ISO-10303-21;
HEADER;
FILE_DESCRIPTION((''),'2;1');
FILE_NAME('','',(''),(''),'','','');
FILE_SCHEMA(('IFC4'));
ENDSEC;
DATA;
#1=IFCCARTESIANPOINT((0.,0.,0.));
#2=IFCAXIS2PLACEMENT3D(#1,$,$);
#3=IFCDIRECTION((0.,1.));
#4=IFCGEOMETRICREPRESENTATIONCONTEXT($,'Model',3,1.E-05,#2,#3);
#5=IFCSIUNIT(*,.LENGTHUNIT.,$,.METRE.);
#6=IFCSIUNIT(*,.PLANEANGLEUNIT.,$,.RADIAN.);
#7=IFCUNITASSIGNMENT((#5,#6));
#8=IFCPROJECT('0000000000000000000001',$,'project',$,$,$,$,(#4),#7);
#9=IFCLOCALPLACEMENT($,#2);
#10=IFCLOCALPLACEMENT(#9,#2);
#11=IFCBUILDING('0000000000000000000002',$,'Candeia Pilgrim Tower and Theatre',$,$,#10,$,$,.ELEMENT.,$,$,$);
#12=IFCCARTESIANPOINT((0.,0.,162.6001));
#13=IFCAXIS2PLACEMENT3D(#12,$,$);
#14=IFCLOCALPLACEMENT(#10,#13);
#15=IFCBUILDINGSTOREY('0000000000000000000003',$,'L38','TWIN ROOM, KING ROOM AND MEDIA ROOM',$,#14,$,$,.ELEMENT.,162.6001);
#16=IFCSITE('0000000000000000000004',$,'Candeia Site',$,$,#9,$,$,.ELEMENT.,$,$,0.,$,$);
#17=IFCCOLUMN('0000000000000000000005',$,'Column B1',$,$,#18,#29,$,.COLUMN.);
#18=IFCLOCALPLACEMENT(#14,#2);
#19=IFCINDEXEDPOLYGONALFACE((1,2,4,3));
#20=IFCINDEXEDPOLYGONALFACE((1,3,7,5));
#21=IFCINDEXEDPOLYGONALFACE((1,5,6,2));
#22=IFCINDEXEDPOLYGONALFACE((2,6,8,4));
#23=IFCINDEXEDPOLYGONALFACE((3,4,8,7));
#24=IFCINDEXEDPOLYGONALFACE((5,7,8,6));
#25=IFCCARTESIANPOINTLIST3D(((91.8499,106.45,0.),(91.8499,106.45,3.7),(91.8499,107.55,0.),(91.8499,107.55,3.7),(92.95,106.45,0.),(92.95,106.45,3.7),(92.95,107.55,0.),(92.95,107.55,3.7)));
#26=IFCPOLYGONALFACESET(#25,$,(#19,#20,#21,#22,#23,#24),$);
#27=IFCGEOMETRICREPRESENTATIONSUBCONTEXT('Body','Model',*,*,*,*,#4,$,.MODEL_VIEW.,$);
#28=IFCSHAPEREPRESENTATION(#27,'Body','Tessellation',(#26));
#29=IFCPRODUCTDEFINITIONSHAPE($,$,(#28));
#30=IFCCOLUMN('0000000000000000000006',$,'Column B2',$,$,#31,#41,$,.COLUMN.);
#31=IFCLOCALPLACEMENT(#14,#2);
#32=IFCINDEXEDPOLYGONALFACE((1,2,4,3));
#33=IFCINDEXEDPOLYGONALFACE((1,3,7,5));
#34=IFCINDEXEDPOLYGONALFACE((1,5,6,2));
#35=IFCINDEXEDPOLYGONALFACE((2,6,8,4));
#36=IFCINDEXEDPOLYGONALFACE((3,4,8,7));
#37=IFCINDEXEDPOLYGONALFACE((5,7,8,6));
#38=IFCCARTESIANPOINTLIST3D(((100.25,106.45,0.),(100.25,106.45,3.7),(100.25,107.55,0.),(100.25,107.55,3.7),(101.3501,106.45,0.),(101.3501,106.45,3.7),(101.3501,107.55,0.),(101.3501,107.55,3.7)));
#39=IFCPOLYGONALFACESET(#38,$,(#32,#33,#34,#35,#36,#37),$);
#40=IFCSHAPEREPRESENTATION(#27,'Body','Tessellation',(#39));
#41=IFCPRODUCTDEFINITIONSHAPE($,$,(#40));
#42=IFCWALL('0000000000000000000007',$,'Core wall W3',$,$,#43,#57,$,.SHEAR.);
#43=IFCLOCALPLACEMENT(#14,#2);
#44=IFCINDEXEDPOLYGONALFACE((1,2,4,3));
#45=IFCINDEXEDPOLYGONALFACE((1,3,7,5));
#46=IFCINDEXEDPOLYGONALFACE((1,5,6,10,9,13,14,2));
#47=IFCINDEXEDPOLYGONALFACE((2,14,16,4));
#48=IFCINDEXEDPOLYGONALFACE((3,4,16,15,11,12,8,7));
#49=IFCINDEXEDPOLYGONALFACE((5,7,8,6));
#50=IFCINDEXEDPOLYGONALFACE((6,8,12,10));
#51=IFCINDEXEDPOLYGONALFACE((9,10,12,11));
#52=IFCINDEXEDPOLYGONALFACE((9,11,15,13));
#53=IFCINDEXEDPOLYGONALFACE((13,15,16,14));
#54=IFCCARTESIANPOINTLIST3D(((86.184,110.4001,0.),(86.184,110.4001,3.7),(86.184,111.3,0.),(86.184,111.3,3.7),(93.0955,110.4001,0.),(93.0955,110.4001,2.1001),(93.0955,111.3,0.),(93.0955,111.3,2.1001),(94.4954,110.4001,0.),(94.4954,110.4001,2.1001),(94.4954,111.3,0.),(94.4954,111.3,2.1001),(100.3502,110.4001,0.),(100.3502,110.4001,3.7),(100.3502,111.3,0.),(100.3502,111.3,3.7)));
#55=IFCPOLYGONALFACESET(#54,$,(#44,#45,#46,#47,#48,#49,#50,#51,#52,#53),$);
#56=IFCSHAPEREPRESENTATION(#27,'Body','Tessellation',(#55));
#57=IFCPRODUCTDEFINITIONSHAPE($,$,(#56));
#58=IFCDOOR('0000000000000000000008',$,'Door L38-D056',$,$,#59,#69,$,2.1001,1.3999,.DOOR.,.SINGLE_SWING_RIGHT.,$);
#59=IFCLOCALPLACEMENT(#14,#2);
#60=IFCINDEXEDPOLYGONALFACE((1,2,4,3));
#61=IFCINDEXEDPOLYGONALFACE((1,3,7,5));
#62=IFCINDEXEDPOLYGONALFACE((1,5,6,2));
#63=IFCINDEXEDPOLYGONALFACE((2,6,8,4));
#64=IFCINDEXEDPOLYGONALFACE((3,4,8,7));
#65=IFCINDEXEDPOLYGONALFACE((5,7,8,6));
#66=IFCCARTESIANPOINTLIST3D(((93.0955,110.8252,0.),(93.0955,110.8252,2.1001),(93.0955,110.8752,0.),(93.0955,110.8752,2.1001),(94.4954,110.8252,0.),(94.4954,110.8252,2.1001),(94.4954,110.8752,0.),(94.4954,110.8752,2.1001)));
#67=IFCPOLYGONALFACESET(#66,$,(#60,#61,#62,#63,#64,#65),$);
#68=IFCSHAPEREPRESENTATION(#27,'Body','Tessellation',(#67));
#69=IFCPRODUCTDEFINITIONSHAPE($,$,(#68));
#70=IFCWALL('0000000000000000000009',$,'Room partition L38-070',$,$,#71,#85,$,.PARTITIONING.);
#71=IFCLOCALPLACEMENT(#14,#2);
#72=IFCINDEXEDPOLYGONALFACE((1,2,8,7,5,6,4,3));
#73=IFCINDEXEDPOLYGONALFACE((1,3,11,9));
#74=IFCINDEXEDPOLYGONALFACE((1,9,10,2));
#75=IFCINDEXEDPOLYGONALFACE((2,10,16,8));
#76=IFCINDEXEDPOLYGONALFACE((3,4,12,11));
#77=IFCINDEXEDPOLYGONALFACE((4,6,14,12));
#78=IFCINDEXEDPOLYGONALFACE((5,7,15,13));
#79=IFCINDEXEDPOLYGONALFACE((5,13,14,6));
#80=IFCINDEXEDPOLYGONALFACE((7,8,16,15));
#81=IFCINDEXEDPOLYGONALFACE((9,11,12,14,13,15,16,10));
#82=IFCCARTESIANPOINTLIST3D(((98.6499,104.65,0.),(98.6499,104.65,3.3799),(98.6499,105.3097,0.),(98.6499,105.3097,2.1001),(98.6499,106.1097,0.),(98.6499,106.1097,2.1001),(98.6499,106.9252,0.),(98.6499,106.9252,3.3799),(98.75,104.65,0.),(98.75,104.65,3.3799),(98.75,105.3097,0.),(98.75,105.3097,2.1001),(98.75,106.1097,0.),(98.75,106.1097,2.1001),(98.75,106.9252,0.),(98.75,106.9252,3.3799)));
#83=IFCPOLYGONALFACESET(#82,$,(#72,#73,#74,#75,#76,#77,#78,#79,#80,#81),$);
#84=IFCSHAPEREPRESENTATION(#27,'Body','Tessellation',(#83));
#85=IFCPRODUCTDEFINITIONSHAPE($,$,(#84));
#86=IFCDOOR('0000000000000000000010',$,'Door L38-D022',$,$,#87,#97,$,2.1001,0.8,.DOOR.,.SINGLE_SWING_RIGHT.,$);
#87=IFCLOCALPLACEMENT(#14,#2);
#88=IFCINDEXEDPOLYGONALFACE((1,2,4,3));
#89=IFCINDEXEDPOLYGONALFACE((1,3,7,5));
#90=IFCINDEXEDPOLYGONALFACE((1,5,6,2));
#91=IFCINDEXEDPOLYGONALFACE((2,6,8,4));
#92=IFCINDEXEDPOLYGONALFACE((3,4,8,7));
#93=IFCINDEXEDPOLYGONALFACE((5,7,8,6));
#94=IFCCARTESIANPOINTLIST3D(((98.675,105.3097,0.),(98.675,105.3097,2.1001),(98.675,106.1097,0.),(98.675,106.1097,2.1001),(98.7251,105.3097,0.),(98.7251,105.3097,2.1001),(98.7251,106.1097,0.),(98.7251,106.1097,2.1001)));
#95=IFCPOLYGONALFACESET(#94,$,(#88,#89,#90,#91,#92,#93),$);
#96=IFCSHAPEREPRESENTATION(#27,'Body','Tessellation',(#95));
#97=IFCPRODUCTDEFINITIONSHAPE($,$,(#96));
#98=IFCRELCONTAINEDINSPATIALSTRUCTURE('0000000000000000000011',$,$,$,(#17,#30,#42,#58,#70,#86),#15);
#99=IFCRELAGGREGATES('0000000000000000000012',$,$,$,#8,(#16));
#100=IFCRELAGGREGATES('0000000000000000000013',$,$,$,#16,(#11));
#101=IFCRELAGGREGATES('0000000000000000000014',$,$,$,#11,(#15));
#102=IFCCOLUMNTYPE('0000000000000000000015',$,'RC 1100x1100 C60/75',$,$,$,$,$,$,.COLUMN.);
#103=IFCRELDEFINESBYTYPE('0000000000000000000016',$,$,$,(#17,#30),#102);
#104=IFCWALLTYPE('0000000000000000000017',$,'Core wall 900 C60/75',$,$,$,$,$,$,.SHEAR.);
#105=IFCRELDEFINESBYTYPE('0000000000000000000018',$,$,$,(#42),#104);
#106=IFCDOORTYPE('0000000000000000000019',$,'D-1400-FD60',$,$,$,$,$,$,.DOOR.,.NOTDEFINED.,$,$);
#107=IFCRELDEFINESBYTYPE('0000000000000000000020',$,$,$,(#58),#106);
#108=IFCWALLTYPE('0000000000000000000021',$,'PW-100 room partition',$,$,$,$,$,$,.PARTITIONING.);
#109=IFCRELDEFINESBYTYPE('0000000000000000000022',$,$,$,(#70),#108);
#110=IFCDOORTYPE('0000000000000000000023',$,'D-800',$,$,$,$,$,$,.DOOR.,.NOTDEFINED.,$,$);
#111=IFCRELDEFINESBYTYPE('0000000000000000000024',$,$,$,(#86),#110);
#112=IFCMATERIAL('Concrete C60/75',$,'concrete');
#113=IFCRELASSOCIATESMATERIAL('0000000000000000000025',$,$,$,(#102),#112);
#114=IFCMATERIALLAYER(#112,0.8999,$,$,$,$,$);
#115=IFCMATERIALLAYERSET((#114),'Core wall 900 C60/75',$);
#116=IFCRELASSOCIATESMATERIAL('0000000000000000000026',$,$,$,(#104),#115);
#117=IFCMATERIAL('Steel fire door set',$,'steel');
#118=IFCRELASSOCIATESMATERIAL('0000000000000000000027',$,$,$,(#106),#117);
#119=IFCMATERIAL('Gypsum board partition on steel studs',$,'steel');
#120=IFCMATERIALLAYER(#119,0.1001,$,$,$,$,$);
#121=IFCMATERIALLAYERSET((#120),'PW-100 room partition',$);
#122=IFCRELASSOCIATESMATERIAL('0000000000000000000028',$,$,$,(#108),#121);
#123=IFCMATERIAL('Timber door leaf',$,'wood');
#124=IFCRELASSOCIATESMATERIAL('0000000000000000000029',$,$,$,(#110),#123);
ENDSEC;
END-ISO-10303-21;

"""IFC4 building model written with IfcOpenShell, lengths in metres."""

from ifc_helpers import new_model, si_unit, direction, frame, frame_2d, origin, origin_2d, place, context, subcontext, project, spatial, rectangle, extrude, material, layer, layer_set, material_profile, profile_set, type_object, element, fill, save


model = new_model("IFC4")

# Units and contexts
model_context = context("Model", 3, precision=1e-05, world=origin(), true_north=direction((0.0, 1.0)))
body_context = subcontext(model_context, "Body", "Model", "MODEL_VIEW")
ifc_project = project(units=[si_unit("LENGTHUNIT", "METRE"), si_unit("PLANEANGLEUNIT", "RADIAN")], contexts=[model_context])

# Site, building, storey
site_placement = place(None, origin())
site = spatial("IfcSite", under=ifc_project, at=site_placement, Name="Candeia Site", CompositionType="ELEMENT", RefElevation=0.0)
building_placement = place(site_placement, origin())
building = spatial("IfcBuilding", under=site, at=building_placement, Name="Candeia Pilgrim Tower and Theatre", CompositionType="ELEMENT")
storey_placement = place(building_placement, frame((0.0, 0.0, 162.6001)))
storey = spatial("IfcBuildingStorey", under=building, at=storey_placement, Name="L38", Description="TWIN ROOM, KING ROOM AND MEDIA ROOM", CompositionType="ELEMENT", Elevation=162.6001)

# Columns
ifc_material_1 = material(Name="Concrete C60/75", Category="concrete")
ifc_material_profile = material_profile(ifc_material_1, rectangle(XDim=1.1001, YDim=1.1001, at=origin_2d()))
ifc_profile_set = profile_set([ifc_material_profile], Name="Concrete C60/75")
column_type = type_object("IfcColumnType", Name="RC 1100x1100 C60/75", PredefinedType="COLUMN", material=ifc_profile_set)
for number, where, z_axis, x_axis, name in (
    (1, (92.3999, 107.0, 0.0), (0.0, 0.0, 1.0), (1.0, 0.0, 0.0), "Column B1"),
    (2, (100.8, 107.0, 0.0), (0.0, 0.0, 1.0), (1.0, 0.0, 0.0), "Column B2"),
):
    element("IfcColumn", number, at=place(storey_placement, frame(where, z_axis=z_axis, x_axis=x_axis)), inside=storey, type_object=column_type, Name=name, PredefinedType="COLUMN", context=body_context, shape_type="SweptSolid", body=[
        extrude(rectangle(XDim=1.1001, YDim=1.1001, at=origin_2d()), origin(), (0.0, 0.0, 1.0), 3.7),
    ])

# Walls, openings, doors
ifc_layer_1 = layer(ifc_material_1, 0.8999)
ifc_layer_set_1 = layer_set([ifc_layer_1], Name="Core wall 900 C60/75")
wall_type_1 = type_object("IfcWallType", Name="Core wall 900 C60/75", PredefinedType="SHEAR", material=ifc_layer_set_1)
wall_1_placement = place(storey_placement, frame((100.3501, 110.8501, 0.0), z_axis=(0.0, 0.0, 1.0), x_axis=(-1.0, 0.0, 0.0)))
wall_1 = element("IfcWall", 3, at=wall_1_placement, inside=storey, type_object=wall_type_1, Name="Core wall W3", PredefinedType="SHEAR", context=body_context, shape_type="SweptSolid", body=[
    extrude(rectangle(XDim=14.1663, YDim=0.8999, at=frame_2d((7.083, 0.0))), origin(), (0.0, 0.0, 1.0), 3.7),
])
opening_1_placement = place(wall_1_placement, frame((5.8547, 0.0, 0.0)))
opening_1 = element("IfcOpeningElement", 4, at=opening_1_placement, cuts=wall_1, PredefinedType="OPENING", context=body_context, shape_type="SweptSolid", body=[
    extrude(rectangle(XDim=1.3999, YDim=2.1001, at=frame_2d((0.7, 1.05))), frame((0.0, 0.46, 0.0), z_axis=(0.0, -1.0, 0.0), x_axis=(1.0, 0.0, 0.0)), (0.0, 0.0, 1.0), 0.9199),
])
ifc_material_2 = material(Name="Steel fire door set", Category="steel")
door_type_1 = type_object("IfcDoorType", Name="D-1400-FD60", OperationType="NOTDEFINED", PredefinedType="DOOR", material=ifc_material_2)
door_1_placement = place(opening_1_placement, origin())
door_1 = element("IfcDoor", 5, at=door_1_placement, inside=storey, type_object=door_type_1, Name="Door L38-D056", OperationType="SINGLE_SWING_RIGHT", OverallHeight=2.1001, OverallWidth=1.3999, PredefinedType="DOOR", context=body_context, shape_type="SweptSolid", body=[
    extrude(rectangle(XDim=1.3999, YDim=2.1001, at=frame_2d((0.7, 1.05))), frame((0.0, 0.0249, 0.0), z_axis=(0.0, -1.0, 0.0), x_axis=(1.0, 0.0, 0.0)), (0.0, 0.0, 1.0), 0.05),
])
fill(opening_1, door_1)
ifc_material_3 = material(Name="Gypsum board partition on steel studs", Category="steel")
ifc_layer_2 = layer(ifc_material_3, 0.1001)
ifc_layer_set_2 = layer_set([ifc_layer_2], Name="PW-100 room partition")
wall_type_2 = type_object("IfcWallType", Name="PW-100 room partition", PredefinedType="PARTITIONING", material=ifc_layer_set_2)
wall_2_placement = place(storey_placement, frame((98.7, 104.6499, 0.0), z_axis=(0.0, 0.0, 1.0), x_axis=(0.0, 1.0, 0.0)))
wall_2 = element("IfcWall", 6, at=wall_2_placement, inside=storey, type_object=wall_type_2, Name="Room partition L38-070", PredefinedType="PARTITIONING", context=body_context, shape_type="SweptSolid", body=[
    extrude(rectangle(XDim=2.2751, YDim=0.1001, at=frame_2d((1.1377, 0.0))), origin(), (0.0, 0.0, 1.0), 3.3799),
])
opening_2_placement = place(wall_2_placement, frame((0.6599, 0.0, 0.0)))
opening_2 = element("IfcOpeningElement", 7, at=opening_2_placement, cuts=wall_2, PredefinedType="OPENING", context=body_context, shape_type="SweptSolid", body=[
    extrude(rectangle(XDim=0.8, YDim=2.1001, at=frame_2d((0.3999, 1.05))), frame((0.0, 0.0601, 0.0), z_axis=(0.0, -1.0, 0.0), x_axis=(1.0, 0.0, 0.0)), (0.0, 0.0, 1.0), 0.1201),
])
ifc_material_4 = material(Name="Timber door leaf", Category="wood")
door_type_2 = type_object("IfcDoorType", Name="D-800", OperationType="NOTDEFINED", PredefinedType="DOOR", material=ifc_material_4)
door_2_placement = place(opening_2_placement, origin())
door_2 = element("IfcDoor", 8, at=door_2_placement, inside=storey, type_object=door_type_2, Name="Door L38-D022", OperationType="SINGLE_SWING_RIGHT", OverallHeight=2.1001, OverallWidth=0.8, PredefinedType="DOOR", context=body_context, shape_type="SweptSolid", body=[
    extrude(rectangle(XDim=0.8, YDim=2.1001, at=frame_2d((0.3999, 1.05))), frame((0.0, 0.0249, 0.0), z_axis=(0.0, -1.0, 0.0), x_axis=(1.0, 0.0, 0.0)), (0.0, 0.0, 1.0), 0.05),
])
fill(opening_2, door_2)

save(model, "model.ifc")
